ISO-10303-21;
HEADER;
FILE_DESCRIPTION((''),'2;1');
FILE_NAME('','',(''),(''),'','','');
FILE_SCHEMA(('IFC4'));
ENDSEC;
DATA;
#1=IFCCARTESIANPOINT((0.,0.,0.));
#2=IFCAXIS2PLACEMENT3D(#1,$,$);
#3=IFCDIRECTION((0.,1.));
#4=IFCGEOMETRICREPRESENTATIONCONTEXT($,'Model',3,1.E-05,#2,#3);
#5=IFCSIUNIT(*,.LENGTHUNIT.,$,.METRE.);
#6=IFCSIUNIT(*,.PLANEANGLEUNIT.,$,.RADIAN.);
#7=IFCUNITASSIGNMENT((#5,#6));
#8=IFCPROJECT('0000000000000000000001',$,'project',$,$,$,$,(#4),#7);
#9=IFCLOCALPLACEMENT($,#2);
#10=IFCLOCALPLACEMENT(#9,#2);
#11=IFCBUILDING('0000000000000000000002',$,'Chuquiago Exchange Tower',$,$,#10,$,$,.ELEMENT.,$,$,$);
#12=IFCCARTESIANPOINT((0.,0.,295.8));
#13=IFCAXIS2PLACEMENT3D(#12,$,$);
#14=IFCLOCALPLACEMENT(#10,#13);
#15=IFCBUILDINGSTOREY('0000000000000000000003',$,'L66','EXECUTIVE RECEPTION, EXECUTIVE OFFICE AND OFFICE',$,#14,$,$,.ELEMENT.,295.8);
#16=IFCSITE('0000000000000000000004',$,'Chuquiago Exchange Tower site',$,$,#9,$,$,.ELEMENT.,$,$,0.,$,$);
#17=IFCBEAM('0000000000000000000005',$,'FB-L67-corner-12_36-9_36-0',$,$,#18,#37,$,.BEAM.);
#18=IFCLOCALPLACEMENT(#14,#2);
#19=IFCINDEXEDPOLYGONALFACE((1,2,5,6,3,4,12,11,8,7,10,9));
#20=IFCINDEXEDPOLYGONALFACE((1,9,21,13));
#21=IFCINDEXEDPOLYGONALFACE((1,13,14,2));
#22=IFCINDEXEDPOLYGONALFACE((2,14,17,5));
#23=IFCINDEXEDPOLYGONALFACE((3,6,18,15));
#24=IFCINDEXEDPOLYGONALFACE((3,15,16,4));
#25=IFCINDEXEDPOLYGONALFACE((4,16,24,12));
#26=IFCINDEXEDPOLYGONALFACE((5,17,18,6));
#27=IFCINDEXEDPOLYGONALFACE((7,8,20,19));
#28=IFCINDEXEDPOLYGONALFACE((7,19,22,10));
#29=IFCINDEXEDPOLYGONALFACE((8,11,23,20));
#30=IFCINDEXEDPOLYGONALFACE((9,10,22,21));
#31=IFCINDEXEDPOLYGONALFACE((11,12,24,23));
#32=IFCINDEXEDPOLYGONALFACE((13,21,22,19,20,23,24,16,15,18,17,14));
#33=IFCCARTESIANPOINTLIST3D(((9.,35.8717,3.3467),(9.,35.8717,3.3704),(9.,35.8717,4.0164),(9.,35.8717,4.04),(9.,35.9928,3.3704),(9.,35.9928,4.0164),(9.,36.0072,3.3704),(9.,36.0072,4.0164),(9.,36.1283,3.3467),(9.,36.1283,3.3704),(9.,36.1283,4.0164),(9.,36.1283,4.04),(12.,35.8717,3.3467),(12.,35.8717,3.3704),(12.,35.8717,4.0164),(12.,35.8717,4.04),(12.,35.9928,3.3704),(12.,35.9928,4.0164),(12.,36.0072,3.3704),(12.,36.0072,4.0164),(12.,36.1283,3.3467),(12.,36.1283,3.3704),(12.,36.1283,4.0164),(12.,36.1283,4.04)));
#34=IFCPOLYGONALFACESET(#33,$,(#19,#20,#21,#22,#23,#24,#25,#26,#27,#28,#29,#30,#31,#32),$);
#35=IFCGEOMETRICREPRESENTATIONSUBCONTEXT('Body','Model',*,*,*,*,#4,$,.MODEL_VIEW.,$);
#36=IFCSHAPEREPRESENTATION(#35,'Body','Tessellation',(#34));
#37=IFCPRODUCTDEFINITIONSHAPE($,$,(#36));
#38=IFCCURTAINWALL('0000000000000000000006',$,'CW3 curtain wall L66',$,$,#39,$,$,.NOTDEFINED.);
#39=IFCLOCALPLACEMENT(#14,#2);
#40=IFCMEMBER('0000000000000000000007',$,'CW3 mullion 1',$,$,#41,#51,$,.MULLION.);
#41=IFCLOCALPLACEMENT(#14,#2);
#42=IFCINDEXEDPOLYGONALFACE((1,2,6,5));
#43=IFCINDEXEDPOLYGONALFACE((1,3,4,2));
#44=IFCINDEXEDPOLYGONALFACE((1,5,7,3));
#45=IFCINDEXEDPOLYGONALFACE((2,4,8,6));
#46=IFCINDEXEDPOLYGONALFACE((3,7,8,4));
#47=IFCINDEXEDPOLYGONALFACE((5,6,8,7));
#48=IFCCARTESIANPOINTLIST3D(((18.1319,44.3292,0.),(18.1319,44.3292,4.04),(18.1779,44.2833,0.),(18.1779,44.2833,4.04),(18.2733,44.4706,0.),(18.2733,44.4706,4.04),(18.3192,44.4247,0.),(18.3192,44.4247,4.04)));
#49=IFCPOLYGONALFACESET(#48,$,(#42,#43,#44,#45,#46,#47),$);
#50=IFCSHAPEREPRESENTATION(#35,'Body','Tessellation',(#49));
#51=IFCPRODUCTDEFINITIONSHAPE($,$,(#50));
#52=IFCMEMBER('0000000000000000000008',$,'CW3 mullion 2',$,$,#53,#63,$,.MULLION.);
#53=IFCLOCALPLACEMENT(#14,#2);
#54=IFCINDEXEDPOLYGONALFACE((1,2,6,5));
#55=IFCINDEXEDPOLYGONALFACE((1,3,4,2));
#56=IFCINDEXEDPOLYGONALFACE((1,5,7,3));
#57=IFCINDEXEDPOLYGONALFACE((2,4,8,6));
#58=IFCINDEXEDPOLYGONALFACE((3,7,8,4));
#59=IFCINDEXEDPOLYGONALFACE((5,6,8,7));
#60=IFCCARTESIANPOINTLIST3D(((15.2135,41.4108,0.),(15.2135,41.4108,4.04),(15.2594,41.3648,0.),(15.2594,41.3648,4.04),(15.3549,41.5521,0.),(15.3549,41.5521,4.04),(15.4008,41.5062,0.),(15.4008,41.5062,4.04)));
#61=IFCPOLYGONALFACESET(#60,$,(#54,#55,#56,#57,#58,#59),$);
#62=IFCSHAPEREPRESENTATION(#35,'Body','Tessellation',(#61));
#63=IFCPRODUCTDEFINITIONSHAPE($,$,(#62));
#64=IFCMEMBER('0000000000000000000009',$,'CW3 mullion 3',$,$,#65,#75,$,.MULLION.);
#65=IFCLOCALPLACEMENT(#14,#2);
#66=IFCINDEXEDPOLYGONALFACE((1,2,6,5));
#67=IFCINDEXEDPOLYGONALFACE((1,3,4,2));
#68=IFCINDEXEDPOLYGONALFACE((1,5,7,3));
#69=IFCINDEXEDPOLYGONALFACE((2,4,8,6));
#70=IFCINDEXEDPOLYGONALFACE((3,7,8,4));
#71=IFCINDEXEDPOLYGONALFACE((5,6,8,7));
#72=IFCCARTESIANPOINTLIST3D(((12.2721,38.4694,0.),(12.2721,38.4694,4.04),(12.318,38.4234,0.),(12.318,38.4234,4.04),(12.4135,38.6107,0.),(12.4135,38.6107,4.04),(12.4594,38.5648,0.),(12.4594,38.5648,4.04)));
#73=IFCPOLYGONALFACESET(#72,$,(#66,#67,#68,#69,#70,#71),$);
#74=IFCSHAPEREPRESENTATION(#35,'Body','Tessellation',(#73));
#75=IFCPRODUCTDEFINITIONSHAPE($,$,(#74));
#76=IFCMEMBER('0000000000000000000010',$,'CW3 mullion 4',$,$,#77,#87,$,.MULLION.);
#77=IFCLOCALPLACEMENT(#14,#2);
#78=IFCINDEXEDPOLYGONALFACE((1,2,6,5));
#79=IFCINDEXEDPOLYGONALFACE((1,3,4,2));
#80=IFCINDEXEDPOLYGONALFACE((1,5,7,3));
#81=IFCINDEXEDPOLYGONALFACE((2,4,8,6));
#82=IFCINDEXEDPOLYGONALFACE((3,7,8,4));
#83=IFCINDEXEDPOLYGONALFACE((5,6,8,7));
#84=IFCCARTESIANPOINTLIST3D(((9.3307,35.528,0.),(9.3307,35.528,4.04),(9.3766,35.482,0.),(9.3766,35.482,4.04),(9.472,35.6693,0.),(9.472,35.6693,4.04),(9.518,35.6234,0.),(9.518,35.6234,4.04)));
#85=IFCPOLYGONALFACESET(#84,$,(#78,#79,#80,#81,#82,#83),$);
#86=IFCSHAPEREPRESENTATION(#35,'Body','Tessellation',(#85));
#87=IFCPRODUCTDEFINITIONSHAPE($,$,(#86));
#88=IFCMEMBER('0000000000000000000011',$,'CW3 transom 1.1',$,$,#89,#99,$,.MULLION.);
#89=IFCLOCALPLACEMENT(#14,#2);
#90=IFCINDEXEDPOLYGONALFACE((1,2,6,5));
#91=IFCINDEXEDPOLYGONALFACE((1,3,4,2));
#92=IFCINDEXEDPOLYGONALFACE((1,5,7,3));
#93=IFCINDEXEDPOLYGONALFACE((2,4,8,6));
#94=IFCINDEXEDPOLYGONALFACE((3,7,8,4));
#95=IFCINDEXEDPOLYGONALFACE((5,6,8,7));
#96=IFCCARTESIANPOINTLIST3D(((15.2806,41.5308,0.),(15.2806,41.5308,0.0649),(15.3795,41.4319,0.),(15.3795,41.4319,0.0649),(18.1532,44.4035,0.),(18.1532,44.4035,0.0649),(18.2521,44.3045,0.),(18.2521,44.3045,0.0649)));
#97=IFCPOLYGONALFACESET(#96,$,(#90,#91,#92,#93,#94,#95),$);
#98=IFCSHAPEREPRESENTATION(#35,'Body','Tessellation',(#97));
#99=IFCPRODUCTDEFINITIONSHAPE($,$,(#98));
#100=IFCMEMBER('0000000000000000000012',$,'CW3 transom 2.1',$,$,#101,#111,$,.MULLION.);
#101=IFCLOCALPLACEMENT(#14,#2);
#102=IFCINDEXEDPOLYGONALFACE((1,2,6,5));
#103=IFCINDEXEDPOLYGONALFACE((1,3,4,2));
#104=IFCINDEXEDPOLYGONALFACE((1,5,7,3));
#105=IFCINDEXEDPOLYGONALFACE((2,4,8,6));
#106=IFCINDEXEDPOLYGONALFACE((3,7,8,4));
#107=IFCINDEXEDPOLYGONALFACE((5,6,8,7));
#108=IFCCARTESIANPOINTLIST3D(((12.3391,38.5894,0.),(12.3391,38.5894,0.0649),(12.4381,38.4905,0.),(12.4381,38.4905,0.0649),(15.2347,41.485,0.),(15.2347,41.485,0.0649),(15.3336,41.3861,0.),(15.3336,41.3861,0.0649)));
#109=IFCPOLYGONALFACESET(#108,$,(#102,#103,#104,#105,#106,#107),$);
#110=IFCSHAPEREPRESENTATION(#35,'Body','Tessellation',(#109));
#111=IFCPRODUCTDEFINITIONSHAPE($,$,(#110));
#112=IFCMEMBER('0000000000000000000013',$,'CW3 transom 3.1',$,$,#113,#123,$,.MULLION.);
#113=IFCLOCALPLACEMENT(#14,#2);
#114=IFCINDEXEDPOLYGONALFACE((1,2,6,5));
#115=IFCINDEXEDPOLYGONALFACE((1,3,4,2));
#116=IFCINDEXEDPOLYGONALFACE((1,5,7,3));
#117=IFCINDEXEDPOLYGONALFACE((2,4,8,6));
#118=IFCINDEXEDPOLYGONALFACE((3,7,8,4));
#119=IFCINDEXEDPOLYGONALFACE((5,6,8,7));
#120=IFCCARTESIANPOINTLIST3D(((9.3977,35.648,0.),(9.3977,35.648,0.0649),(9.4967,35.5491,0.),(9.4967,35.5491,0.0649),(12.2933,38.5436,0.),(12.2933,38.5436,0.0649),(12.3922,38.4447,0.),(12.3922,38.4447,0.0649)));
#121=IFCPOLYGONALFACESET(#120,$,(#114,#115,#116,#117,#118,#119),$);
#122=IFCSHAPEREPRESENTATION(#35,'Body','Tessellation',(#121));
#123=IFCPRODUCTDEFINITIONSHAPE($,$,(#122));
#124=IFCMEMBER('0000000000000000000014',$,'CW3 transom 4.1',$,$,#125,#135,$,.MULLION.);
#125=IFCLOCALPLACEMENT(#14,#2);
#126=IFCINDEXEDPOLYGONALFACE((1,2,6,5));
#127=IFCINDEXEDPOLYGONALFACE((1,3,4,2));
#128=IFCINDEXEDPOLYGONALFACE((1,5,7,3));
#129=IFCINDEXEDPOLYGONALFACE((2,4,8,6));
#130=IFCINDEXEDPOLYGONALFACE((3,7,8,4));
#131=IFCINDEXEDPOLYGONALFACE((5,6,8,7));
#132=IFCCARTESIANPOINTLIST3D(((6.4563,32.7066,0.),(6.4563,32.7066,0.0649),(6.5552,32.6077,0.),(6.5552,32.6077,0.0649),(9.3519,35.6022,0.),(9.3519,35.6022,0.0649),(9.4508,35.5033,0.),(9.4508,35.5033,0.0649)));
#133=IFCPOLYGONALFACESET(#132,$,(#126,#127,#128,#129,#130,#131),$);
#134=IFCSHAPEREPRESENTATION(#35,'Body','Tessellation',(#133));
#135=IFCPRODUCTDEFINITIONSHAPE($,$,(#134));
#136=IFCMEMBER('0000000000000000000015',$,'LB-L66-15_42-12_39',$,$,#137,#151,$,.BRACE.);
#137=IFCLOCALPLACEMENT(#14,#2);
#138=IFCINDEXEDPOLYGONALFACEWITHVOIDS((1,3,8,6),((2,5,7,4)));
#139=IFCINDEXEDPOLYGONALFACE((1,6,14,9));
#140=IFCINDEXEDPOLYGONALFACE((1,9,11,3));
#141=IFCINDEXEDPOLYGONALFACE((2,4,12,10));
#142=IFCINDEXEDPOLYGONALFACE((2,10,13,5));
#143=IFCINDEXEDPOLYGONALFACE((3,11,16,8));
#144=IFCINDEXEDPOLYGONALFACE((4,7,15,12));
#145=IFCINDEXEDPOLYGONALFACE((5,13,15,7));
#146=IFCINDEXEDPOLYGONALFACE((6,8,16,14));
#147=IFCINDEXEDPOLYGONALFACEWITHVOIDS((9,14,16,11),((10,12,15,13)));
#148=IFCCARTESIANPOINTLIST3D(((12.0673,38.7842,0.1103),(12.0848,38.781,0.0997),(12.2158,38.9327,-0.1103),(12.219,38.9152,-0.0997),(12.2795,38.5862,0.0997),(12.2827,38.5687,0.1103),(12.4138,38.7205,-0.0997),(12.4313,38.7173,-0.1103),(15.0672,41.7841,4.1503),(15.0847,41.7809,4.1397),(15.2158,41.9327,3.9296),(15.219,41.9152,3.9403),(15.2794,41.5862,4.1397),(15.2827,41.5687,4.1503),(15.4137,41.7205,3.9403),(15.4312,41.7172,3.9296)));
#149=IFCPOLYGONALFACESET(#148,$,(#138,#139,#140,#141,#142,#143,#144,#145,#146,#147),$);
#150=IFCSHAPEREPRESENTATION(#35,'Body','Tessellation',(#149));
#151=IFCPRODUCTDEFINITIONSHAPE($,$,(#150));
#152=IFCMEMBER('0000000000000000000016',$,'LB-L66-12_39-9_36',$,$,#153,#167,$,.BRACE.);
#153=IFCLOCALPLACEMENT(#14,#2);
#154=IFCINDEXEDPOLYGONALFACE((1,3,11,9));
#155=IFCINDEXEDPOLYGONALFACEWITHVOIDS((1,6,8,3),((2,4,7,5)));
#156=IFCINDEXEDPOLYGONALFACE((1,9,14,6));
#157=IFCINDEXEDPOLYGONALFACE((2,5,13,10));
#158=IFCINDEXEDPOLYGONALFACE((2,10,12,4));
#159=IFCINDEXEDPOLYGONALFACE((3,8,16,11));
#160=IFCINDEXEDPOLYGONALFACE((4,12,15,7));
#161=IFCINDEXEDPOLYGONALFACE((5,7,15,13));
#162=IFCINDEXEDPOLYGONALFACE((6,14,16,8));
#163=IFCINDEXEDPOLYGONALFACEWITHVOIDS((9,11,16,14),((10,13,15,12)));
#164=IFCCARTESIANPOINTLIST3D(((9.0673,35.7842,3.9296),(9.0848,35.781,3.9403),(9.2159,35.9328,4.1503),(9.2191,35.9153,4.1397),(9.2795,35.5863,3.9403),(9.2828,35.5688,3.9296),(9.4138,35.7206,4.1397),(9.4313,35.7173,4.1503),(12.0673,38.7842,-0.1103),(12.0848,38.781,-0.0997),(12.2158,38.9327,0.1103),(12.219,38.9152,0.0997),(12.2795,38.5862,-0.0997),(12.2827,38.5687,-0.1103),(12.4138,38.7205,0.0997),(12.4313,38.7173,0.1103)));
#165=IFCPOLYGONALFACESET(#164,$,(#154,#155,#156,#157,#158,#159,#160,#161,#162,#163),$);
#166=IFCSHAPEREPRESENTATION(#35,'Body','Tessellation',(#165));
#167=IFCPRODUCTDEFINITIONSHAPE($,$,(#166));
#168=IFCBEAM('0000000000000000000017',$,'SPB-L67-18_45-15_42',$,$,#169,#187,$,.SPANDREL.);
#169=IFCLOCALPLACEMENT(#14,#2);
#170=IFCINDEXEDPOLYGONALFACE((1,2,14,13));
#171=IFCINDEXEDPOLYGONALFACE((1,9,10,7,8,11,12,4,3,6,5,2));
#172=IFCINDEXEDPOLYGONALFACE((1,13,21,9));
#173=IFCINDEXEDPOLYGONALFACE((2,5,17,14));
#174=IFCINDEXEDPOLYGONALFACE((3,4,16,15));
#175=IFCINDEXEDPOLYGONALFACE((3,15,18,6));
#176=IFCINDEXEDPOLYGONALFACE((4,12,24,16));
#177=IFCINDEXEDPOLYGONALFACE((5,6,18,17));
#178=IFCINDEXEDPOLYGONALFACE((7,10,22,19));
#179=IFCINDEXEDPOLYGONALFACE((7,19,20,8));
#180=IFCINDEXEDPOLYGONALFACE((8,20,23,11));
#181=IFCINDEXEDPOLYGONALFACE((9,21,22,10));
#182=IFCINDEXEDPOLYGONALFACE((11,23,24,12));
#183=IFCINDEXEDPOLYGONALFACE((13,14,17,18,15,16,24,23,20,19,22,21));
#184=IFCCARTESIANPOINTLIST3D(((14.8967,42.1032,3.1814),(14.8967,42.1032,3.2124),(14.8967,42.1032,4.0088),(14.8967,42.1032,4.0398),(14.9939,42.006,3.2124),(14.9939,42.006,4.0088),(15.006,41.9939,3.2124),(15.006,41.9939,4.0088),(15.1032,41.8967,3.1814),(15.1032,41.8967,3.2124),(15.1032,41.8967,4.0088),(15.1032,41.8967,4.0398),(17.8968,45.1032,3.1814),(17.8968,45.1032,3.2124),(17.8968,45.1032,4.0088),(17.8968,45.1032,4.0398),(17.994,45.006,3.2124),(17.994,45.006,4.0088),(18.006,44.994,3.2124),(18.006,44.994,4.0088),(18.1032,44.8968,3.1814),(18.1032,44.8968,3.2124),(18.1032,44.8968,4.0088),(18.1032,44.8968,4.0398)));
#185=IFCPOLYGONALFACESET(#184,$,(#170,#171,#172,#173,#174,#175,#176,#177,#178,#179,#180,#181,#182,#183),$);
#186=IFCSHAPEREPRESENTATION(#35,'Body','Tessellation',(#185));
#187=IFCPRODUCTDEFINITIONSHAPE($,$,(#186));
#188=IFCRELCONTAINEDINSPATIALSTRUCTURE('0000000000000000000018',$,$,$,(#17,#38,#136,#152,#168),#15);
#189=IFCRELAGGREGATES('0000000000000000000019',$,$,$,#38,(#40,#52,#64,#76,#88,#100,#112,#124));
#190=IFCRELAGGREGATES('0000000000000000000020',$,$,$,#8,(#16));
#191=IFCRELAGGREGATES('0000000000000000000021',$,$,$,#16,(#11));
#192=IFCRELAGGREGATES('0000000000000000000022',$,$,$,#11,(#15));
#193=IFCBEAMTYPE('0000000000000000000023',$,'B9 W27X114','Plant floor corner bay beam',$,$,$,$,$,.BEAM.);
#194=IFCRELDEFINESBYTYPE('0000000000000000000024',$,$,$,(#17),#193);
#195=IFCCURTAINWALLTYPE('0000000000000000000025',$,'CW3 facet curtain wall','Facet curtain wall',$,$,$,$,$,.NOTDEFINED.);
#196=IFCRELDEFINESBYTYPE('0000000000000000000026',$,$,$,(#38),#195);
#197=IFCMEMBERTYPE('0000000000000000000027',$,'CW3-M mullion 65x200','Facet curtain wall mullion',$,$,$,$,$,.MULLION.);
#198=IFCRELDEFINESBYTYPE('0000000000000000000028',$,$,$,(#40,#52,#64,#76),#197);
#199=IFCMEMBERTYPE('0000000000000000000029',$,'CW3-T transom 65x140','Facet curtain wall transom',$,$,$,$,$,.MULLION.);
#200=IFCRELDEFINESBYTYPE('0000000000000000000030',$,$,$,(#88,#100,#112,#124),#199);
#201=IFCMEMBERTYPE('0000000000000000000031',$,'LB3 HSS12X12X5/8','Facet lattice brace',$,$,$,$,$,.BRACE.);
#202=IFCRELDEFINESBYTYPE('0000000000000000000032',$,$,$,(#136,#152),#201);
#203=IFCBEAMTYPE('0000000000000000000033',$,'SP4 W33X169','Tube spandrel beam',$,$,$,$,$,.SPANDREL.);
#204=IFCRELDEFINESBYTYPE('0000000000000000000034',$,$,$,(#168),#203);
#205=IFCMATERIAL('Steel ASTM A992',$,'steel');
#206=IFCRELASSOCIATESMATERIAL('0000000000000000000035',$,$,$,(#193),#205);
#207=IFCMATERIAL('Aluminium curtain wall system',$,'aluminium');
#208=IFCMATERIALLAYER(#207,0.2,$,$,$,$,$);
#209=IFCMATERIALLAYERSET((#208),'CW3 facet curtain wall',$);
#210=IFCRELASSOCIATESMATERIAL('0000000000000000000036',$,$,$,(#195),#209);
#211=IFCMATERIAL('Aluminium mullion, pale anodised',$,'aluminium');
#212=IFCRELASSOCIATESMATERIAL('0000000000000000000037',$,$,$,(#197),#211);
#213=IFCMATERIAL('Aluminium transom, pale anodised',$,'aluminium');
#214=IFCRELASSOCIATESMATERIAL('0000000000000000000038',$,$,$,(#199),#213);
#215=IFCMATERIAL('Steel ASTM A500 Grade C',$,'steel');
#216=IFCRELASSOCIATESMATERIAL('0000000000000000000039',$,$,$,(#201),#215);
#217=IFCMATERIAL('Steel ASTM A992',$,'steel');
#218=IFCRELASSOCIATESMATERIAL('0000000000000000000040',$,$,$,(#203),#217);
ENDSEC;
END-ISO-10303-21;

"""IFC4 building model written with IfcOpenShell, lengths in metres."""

from ifc_helpers import new_model, si_unit, direction, frame, origin, origin_2d, place, context, subcontext, project, spatial, rectangle, hollow_rectangle, i_section, extrude, material, layer, layer_set, material_profile, profile_set, type_object, element, aggregate, save


model = new_model("IFC4")

# Units and contexts
model_context = context("Model", 3, precision=1e-05, world=origin(), true_north=direction((0.0, 1.0)))
body_context = subcontext(model_context, "Body", "Model", "MODEL_VIEW")
ifc_project = project(units=[si_unit("LENGTHUNIT", "METRE"), si_unit("PLANEANGLEUNIT", "RADIAN")], contexts=[model_context])

# Site, building, storey
site_placement = place(None, origin())
site = spatial("IfcSite", under=ifc_project, at=site_placement, Name="Chuquiago Exchange Tower site", CompositionType="ELEMENT", RefElevation=0.0)
building_placement = place(site_placement, origin())
building = spatial("IfcBuilding", under=site, at=building_placement, Name="Chuquiago Exchange Tower", CompositionType="ELEMENT")
storey_placement = place(building_placement, frame((0.0, 0.0, 295.8)))
storey = spatial("IfcBuildingStorey", under=building, at=storey_placement, Name="L66", Description="EXECUTIVE RECEPTION, EXECUTIVE OFFICE AND OFFICE", CompositionType="ELEMENT", Elevation=295.8)

# Beam
ifc_material_1 = material(Name="Steel ASTM A992", Category="steel")
ifc_material_profile_1 = material_profile(ifc_material_1, i_section(OverallWidth=0.2566, OverallDepth=0.6934, WebThickness=0.0144, FlangeThickness=0.0237, at=origin_2d()), Name="W27X114")
ifc_profile_set_1 = profile_set([ifc_material_profile_1], Name="Steel ASTM A992")
beam_type_1 = type_object("IfcBeamType", Name="B9 W27X114", Description="Plant floor corner bay beam", PredefinedType="BEAM", material=ifc_profile_set_1)
beam_1_placement = place(storey_placement, frame((12.0, 36.0, 3.6934), z_axis=(-1.0, 0.0, 0.0), x_axis=(0.0, -1.0, 0.0)))
element("IfcBeam", 1, at=beam_1_placement, inside=storey, type_object=beam_type_1, Name="FB-L67-corner-12_36-9_36-0", PredefinedType="BEAM", context=body_context, shape_type="SweptSolid", body=[
    extrude(i_section(OverallWidth=0.2566, OverallDepth=0.6934, WebThickness=0.0144, FlangeThickness=0.0237, at=origin_2d()), origin(), (0.0, 0.0, 1.0), 3.0),
])

# Curtain wall, members
ifc_material_2 = material(Name="Aluminium curtain wall system", Category="aluminium")
ifc_layer_1 = layer(ifc_material_2, 0.2)
ifc_layer_set_1 = layer_set([ifc_layer_1], Name="CW3 facet curtain wall")
curtain_wall_type = type_object("IfcCurtainWallType", Name="CW3 facet curtain wall", Description="Facet curtain wall", PredefinedType="NOTDEFINED", material=ifc_layer_set_1)
curtain_wall_placement = place(storey_placement, origin())
curtain_wall = element("IfcCurtainWall", 2, at=curtain_wall_placement, inside=storey, type_object=curtain_wall_type, Name="CW3 curtain wall L66", PredefinedType="NOTDEFINED")
ifc_material_3 = material(Name="Aluminium mullion, pale anodised", Category="aluminium")
ifc_material_profile_2 = material_profile(ifc_material_3, rectangle(XDim=0.0649, YDim=0.2, at=origin_2d()), Name="AL 65x200")
ifc_profile_set_2 = profile_set([ifc_material_profile_2], Name="Aluminium mullion, pale anodised")
member_type_1 = type_object("IfcMemberType", Name="CW3-M mullion 65x200", Description="Facet curtain wall mullion", PredefinedType="MULLION", material=ifc_profile_set_2)
member_1_placement = place(storey_placement, frame((18.2256, 44.377, 0.0), z_axis=(0.0, 0.0, 1.0), x_axis=(0.707107, -0.707107, 0.0)))
member_1 = element("IfcMember", 3, at=member_1_placement, type_object=member_type_1, Name="CW3 mullion 1", PredefinedType="MULLION", context=body_context, shape_type="SweptSolid", body=[
    extrude(rectangle(XDim=0.0649, YDim=0.2, at=origin_2d()), origin(), (0.0, 0.0, 1.0), 4.04),
])
member_2_placement = place(storey_placement, frame((15.3071, 41.4585, 0.0), z_axis=(0.0, 0.0, 1.0), x_axis=(0.707107, -0.707107, 0.0)))
member_2 = element("IfcMember", 4, at=member_2_placement, type_object=member_type_1, Name="CW3 mullion 2", PredefinedType="MULLION", context=body_context, shape_type="SweptSolid", body=[
    extrude(rectangle(XDim=0.0649, YDim=0.2, at=origin_2d()), origin(), (0.0, 0.0, 1.0), 4.04),
])
member_3_placement = place(storey_placement, frame((12.3657, 38.5171, 0.0), z_axis=(0.0, 0.0, 1.0), x_axis=(0.707107, -0.707107, 0.0)))
member_3 = element("IfcMember", 5, at=member_3_placement, type_object=member_type_1, Name="CW3 mullion 3", PredefinedType="MULLION", context=body_context, shape_type="SweptSolid", body=[
    extrude(rectangle(XDim=0.0649, YDim=0.2, at=origin_2d()), origin(), (0.0, 0.0, 1.0), 4.04),
])
member_4_placement = place(storey_placement, frame((9.4243, 35.5757, 0.0), z_axis=(0.0, 0.0, 1.0), x_axis=(0.707107, -0.707107, 0.0)))
member_4 = element("IfcMember", 6, at=member_4_placement, type_object=member_type_1, Name="CW3 mullion 4", PredefinedType="MULLION", context=body_context, shape_type="SweptSolid", body=[
    extrude(rectangle(XDim=0.0649, YDim=0.2, at=origin_2d()), origin(), (0.0, 0.0, 1.0), 4.04),
])
ifc_material_4 = material(Name="Aluminium transom, pale anodised", Category="aluminium")
ifc_material_profile_3 = material_profile(ifc_material_4, rectangle(XDim=0.1399, YDim=0.0649, at=origin_2d()), Name="AL 140x65")
ifc_profile_set_3 = profile_set([ifc_material_profile_3], Name="Aluminium transom, pale anodised")
member_type_2 = type_object("IfcMemberType", Name="CW3-T transom 65x140", Description="Facet curtain wall transom", PredefinedType="MULLION", material=ifc_profile_set_3)
member_5_placement = place(storey_placement, frame((18.2026, 44.354, 0.0325), z_axis=(-0.707107, -0.707107, 0.0), x_axis=(0.707107, -0.707107, 0.0)))
member_5 = element("IfcMember", 7, at=member_5_placement, type_object=member_type_2, Name="CW3 transom 1.1", PredefinedType="MULLION", context=body_context, shape_type="SweptSolid", body=[
    extrude(rectangle(XDim=0.1399, YDim=0.0649, at=origin_2d()), origin(), (0.0, 0.0, 1.0), 4.0625),
])
member_6_placement = place(storey_placement, frame((15.2842, 41.4355, 0.0325), z_axis=(-0.707107, -0.707107, 0.0), x_axis=(0.707107, -0.707107, 0.0)))
member_6 = element("IfcMember", 8, at=member_6_placement, type_object=member_type_2, Name="CW3 transom 2.1", PredefinedType="MULLION", context=body_context, shape_type="SweptSolid", body=[
    extrude(rectangle(XDim=0.1399, YDim=0.0649, at=origin_2d()), origin(), (0.0, 0.0, 1.0), 4.095),
])
member_7_placement = place(storey_placement, frame((12.3428, 38.4941, 0.0325), z_axis=(-0.707107, -0.707107, 0.0), x_axis=(0.707107, -0.707107, 0.0)))
member_7 = element("IfcMember", 9, at=member_7_placement, type_object=member_type_2, Name="CW3 transom 3.1", PredefinedType="MULLION", context=body_context, shape_type="SweptSolid", body=[
    extrude(rectangle(XDim=0.1399, YDim=0.0649, at=origin_2d()), origin(), (0.0, 0.0, 1.0), 4.095),
])
member_8_placement = place(storey_placement, frame((9.4014, 35.5527, 0.0325), z_axis=(-0.707107, -0.707107, 0.0), x_axis=(0.707107, -0.707107, 0.0)))
member_8 = element("IfcMember", 10, at=member_8_placement, type_object=member_type_2, Name="CW3 transom 4.1", PredefinedType="MULLION", context=body_context, shape_type="SweptSolid", body=[
    extrude(rectangle(XDim=0.1399, YDim=0.0649, at=origin_2d()), origin(), (0.0, 0.0, 1.0), 4.095),
])

# Members
ifc_material_5 = material(Name="Steel ASTM A500 Grade C", Category="steel")
ifc_material_profile_4 = material_profile(ifc_material_5, hollow_rectangle(XDim=0.3047, YDim=0.3047, WallThickness=0.0146, at=origin_2d()), Name="HSS12X12X5/8")
ifc_profile_set_4 = profile_set([ifc_material_profile_4], Name="Steel ASTM A500 Grade C")
member_type_3 = type_object("IfcMemberType", Name="LB3 HSS12X12X5/8", Description="Facet lattice brace", PredefinedType="BRACE", material=ifc_profile_set_4)
for number, where, z_axis, x_axis, name in (
    (11, (12.2493, 38.7507, 0.0), (0.512077, 0.512077, 0.689604), (-0.707107, 0.707107, 0.0), "LB-L66-15_42-12_39"),
    (12, (12.2493, 38.7507, 0.0), (-0.512077, -0.512077, 0.689604), (0.707107, -0.707107, 0.0), "LB-L66-12_39-9_36"),
):
    element("IfcMember", number, at=place(storey_placement, frame(where, z_axis=z_axis, x_axis=x_axis)), inside=storey, type_object=member_type_3, Name=name, PredefinedType="BRACE", context=body_context, shape_type="SweptSolid", body=[
        extrude(hollow_rectangle(XDim=0.3047, YDim=0.3047, WallThickness=0.0146, at=origin_2d()), origin(), (0.0, 0.0, 1.0), 5.8584),
    ])

# Beam
ifc_material_6 = material(Name="Steel ASTM A992", Category="steel")
ifc_material_profile_5 = material_profile(ifc_material_6, i_section(OverallWidth=0.292, OverallDepth=0.8584, WebThickness=0.0171, FlangeThickness=0.031, at=origin_2d()), Name="W33X169")
ifc_profile_set_5 = profile_set([ifc_material_profile_5], Name="Steel ASTM A992")
beam_type_2 = type_object("IfcBeamType", Name="SP4 W33X169", Description="Tube spandrel beam", PredefinedType="SPANDREL", material=ifc_profile_set_5)
for number, where, z_axis, x_axis, name in (
    (13, (18.0, 45.0, 3.6106), (-0.707107, -0.707107, 0.0), (0.707107, -0.707107, 0.0), "SPB-L67-18_45-15_42"),
):
    element("IfcBeam", number, at=place(storey_placement, frame(where, z_axis=z_axis, x_axis=x_axis)), inside=storey, type_object=beam_type_2, Name=name, PredefinedType="SPANDREL", context=body_context, shape_type="SweptSolid", body=[
        extrude(i_section(OverallWidth=0.292, OverallDepth=0.8584, WebThickness=0.0171, FlangeThickness=0.031, at=origin_2d()), origin(), (0.0, 0.0, 1.0), 4.2427),
    ])

aggregate(curtain_wall, [member_1, member_2, member_3, member_4, member_5, member_6, member_7, member_8])

save(model, "model.ifc")
